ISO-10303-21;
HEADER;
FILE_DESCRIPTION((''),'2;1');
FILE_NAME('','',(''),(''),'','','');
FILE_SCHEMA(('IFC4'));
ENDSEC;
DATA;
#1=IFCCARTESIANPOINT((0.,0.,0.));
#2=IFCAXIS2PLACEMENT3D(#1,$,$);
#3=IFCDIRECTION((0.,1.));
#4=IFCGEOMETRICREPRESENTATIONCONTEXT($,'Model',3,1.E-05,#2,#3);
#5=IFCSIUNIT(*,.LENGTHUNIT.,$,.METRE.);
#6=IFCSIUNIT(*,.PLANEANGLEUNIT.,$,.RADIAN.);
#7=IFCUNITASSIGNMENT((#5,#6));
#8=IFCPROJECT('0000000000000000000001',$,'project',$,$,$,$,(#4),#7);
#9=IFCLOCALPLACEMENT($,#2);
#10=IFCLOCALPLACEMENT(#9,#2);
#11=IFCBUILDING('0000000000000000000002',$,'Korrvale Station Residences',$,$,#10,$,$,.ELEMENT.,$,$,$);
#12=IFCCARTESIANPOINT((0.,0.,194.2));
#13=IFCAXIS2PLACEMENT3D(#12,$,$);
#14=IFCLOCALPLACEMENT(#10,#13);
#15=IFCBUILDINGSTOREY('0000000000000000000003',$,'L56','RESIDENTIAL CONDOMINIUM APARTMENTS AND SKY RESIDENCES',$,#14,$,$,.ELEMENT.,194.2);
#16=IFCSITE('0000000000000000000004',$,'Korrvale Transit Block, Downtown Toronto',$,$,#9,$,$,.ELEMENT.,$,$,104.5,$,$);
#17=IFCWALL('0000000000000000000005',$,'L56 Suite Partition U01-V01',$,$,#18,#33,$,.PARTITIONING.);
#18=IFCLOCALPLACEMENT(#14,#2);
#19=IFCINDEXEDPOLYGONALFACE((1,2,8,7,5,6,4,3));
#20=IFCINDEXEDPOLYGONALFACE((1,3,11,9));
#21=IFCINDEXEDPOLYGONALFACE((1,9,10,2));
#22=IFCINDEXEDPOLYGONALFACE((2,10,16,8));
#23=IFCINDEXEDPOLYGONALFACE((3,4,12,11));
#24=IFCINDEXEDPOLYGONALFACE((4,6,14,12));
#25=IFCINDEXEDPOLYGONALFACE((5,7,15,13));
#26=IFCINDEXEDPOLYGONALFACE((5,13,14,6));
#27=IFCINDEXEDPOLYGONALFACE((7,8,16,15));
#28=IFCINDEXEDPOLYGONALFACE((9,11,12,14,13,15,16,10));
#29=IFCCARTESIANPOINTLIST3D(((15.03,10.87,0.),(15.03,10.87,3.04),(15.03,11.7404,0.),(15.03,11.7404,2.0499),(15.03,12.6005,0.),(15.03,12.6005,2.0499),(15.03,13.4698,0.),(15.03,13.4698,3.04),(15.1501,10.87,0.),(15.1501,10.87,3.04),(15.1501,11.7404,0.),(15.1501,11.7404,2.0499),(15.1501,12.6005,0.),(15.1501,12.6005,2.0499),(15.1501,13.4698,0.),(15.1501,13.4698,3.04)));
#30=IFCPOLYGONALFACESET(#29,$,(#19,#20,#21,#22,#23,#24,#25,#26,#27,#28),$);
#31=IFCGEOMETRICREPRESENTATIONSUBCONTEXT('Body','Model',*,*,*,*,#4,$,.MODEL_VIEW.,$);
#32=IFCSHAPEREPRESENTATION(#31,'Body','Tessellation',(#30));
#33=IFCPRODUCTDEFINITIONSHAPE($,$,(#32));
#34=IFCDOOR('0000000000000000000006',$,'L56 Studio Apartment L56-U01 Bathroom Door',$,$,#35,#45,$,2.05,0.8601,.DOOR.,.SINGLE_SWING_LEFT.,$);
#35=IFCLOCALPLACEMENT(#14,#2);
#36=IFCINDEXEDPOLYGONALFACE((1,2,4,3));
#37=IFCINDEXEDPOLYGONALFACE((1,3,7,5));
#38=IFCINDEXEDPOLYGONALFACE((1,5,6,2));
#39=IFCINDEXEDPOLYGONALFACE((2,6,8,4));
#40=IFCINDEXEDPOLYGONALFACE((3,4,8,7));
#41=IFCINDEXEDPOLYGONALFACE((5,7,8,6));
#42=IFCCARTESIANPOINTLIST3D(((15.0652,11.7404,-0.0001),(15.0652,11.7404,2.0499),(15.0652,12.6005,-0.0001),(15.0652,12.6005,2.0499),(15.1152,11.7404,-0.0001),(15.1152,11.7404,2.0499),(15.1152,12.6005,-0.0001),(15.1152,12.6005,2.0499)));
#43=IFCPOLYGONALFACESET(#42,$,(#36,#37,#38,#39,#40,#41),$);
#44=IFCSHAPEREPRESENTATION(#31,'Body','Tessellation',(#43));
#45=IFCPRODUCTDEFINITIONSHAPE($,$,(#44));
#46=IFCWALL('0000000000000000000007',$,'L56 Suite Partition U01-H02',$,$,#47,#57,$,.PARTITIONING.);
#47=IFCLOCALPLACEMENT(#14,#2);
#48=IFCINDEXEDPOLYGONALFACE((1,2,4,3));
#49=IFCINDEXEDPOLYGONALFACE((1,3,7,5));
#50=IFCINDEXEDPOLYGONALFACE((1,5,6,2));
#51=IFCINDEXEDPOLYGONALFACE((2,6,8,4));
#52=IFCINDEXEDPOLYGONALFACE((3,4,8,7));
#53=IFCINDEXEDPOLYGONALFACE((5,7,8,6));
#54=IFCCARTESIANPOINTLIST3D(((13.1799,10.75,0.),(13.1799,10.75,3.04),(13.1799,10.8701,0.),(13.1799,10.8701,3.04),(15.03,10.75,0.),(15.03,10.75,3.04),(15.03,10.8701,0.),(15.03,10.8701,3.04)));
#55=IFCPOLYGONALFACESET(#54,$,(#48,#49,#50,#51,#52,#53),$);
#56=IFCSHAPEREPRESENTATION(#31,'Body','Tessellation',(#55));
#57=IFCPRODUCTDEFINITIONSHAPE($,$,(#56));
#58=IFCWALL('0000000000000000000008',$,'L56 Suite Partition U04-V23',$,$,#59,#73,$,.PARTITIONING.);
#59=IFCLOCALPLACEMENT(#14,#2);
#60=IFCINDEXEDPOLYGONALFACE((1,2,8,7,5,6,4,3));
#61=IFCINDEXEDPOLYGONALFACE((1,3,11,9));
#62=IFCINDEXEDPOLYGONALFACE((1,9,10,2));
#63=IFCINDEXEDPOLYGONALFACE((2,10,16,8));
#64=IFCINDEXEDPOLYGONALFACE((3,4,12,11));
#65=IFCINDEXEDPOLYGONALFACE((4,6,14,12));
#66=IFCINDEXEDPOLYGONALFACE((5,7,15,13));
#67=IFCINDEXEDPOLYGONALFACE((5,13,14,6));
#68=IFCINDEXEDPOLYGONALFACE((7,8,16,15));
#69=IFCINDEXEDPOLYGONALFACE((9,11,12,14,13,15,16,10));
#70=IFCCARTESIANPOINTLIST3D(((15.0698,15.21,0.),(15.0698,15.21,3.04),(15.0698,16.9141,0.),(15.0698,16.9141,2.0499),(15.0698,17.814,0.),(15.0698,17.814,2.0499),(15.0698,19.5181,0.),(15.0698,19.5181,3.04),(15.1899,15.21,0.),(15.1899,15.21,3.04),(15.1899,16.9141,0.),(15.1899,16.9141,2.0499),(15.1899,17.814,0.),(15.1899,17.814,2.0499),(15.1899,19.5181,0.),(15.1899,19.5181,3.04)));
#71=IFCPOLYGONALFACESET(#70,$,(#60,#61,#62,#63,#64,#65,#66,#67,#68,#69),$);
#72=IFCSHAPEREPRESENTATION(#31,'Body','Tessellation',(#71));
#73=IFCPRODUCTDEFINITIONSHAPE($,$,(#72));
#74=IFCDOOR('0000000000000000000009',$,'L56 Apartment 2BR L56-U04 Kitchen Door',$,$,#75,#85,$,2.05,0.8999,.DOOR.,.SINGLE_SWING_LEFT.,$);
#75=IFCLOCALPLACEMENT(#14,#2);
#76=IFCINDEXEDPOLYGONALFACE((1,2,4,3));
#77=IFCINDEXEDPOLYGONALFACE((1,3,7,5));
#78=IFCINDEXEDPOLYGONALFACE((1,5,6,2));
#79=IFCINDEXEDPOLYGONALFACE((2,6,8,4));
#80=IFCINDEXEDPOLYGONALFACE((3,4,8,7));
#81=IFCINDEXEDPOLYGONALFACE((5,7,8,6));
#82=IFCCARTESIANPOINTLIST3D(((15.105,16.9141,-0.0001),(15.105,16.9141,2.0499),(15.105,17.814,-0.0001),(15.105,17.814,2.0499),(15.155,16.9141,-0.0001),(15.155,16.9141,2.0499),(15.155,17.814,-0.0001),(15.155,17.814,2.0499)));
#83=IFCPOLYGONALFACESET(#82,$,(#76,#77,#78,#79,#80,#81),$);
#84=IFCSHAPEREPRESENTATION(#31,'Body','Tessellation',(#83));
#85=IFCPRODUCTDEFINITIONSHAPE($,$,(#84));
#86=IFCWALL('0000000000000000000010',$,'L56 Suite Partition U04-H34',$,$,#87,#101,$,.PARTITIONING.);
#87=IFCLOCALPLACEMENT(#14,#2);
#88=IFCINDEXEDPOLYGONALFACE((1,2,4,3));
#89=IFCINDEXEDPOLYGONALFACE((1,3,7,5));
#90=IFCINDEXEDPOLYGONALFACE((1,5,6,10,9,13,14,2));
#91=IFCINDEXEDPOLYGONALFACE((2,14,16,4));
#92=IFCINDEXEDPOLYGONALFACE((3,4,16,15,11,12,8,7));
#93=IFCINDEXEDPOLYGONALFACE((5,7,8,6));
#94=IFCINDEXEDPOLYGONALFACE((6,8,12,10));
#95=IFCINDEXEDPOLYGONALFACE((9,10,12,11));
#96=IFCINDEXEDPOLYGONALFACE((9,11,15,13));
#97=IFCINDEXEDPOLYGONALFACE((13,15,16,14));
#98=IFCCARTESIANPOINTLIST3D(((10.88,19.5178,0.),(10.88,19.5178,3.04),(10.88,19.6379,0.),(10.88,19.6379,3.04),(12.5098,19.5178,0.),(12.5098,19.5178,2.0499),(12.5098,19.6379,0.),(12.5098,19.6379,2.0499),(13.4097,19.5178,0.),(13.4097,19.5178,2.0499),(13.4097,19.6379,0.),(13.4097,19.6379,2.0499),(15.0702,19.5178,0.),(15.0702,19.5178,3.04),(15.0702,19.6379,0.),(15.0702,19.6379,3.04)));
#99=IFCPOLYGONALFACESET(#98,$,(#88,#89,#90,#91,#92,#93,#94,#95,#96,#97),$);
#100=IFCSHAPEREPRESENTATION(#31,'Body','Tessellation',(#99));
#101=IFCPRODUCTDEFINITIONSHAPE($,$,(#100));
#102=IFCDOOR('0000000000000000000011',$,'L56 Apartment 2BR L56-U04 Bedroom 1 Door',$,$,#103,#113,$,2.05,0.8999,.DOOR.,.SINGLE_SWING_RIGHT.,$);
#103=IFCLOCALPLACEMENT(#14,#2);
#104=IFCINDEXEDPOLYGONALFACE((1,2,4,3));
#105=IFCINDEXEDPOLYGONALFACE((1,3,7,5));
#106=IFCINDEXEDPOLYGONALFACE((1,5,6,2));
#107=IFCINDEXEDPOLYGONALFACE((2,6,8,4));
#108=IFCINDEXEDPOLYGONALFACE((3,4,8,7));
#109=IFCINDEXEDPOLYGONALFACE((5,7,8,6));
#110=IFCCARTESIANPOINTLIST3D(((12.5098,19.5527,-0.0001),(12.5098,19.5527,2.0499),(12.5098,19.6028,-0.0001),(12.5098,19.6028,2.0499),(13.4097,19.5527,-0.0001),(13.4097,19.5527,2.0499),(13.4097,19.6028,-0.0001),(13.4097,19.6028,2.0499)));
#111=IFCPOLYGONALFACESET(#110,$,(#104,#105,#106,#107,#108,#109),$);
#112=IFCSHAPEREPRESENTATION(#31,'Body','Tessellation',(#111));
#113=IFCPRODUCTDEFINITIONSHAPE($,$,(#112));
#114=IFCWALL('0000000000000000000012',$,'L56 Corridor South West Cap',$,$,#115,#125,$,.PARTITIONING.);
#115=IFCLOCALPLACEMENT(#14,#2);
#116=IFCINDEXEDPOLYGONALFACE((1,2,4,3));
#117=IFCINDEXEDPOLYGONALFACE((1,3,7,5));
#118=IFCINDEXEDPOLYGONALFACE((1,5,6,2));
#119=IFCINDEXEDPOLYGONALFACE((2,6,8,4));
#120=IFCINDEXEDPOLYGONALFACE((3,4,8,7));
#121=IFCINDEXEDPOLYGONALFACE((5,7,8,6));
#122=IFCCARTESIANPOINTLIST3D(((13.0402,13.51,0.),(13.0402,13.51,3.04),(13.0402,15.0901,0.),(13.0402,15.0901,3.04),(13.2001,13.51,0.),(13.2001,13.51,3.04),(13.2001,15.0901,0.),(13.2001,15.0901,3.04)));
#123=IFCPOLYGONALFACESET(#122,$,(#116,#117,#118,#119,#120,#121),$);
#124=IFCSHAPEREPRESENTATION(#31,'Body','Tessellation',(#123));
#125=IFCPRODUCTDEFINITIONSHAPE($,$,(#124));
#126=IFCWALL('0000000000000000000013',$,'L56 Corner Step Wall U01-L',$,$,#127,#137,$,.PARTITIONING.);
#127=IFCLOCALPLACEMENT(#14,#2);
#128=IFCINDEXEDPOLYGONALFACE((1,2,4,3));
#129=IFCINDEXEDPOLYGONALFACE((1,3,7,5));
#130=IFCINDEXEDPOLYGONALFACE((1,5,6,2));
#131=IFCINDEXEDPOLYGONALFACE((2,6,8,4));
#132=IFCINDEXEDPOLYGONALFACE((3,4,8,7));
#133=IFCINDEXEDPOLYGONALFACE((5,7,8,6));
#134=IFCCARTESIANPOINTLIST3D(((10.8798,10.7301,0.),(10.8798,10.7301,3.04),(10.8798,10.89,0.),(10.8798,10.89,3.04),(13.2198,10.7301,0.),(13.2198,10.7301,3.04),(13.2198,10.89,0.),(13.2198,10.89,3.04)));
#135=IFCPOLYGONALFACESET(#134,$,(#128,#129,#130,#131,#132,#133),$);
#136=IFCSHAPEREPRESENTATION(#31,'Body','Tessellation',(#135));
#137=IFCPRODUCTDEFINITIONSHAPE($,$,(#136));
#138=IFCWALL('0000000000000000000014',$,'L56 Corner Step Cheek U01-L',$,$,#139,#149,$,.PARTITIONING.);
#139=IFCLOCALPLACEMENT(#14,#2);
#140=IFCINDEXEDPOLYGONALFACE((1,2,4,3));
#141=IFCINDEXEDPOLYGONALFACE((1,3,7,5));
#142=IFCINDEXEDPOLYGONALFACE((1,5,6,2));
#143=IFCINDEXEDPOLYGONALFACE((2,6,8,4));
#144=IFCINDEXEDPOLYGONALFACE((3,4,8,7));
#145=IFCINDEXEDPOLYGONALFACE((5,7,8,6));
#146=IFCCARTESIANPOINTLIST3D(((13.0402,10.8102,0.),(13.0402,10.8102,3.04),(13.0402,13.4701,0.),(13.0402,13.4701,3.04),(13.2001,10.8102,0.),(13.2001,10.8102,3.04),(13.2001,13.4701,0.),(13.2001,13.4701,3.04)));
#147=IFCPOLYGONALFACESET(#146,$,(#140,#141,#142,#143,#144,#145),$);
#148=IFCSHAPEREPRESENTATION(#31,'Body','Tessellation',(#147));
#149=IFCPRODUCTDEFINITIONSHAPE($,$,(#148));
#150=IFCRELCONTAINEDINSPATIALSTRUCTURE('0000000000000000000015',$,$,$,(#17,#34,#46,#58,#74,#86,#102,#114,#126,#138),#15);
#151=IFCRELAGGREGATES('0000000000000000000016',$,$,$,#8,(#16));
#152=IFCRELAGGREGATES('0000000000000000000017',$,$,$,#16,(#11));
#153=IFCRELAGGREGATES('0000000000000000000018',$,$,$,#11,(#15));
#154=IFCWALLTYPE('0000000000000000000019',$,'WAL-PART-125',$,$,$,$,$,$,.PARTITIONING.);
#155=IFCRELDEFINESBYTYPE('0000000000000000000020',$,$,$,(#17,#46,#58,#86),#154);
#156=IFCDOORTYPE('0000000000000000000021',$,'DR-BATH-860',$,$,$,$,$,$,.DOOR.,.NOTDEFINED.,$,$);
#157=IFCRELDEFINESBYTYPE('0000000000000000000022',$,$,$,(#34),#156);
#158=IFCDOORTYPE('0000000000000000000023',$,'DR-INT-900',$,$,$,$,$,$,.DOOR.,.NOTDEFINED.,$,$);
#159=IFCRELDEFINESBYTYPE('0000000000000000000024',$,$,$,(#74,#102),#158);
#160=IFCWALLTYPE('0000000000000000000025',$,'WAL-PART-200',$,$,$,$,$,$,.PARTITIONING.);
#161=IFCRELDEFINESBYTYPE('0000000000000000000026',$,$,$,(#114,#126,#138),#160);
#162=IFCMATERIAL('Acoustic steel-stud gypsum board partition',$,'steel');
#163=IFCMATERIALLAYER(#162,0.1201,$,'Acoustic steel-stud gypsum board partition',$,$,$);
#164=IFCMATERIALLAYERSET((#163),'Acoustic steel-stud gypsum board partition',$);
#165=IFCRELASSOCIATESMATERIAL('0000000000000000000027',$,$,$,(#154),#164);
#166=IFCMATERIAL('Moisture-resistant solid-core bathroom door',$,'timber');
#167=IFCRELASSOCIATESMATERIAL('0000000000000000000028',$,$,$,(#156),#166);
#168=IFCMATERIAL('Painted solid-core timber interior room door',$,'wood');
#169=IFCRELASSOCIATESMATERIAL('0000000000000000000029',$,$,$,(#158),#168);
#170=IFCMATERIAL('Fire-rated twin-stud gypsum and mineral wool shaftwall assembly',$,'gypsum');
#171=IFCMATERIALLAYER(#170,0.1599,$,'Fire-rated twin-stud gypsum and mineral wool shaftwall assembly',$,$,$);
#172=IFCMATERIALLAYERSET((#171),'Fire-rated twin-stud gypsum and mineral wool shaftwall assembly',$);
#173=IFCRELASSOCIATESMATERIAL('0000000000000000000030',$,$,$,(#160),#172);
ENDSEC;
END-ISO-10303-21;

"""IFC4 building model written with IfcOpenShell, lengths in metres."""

from ifc_helpers import new_model, si_unit, direction, frame, frame_2d, origin, place, context, subcontext, project, spatial, rectangle, extrude, material, layer, layer_set, type_object, element, fill, save


model = new_model("IFC4")

# Units and contexts
model_context = context("Model", 3, precision=1e-05, world=origin(), true_north=direction((0.0, 1.0)))
body_context = subcontext(model_context, "Body", "Model", "MODEL_VIEW")
ifc_project = project(units=[si_unit("LENGTHUNIT", "METRE"), si_unit("PLANEANGLEUNIT", "RADIAN")], contexts=[model_context])

# Site, building, storey
site_placement = place(None, origin())
site = spatial("IfcSite", under=ifc_project, at=site_placement, Name="Korrvale Transit Block, Downtown Toronto", CompositionType="ELEMENT", RefElevation=104.5)
building_placement = place(site_placement, origin())
building = spatial("IfcBuilding", under=site, at=building_placement, Name="Korrvale Station Residences", CompositionType="ELEMENT")
storey_placement = place(building_placement, frame((0.0, 0.0, 194.2)))
storey = spatial("IfcBuildingStorey", under=building, at=storey_placement, Name="L56", Description="RESIDENTIAL CONDOMINIUM APARTMENTS AND SKY RESIDENCES", CompositionType="ELEMENT", Elevation=194.2)

# Wall, opening, door
ifc_material_1 = material(Name="Acoustic steel-stud gypsum board partition", Category="steel")
ifc_layer_1 = layer(ifc_material_1, 0.1201, Name="Acoustic steel-stud gypsum board partition")
ifc_layer_set_1 = layer_set([ifc_layer_1], Name="Acoustic steel-stud gypsum board partition")
wall_type_1 = type_object("IfcWallType", Name="WAL-PART-125", PredefinedType="PARTITIONING", material=ifc_layer_set_1)
wall_1_placement = place(storey_placement, frame((15.0901, 10.8701, 0.0), z_axis=(0.0, 0.0, 1.0), x_axis=(0.0, 1.0, 0.0)))
wall_1 = element("IfcWall", 1, at=wall_1_placement, inside=storey, type_object=wall_type_1, Name="L56 Suite Partition U01-V01", PredefinedType="PARTITIONING", context=body_context, shape_type="SweptSolid", body=[
    extrude(rectangle(XDim=2.5999, YDim=0.1201, at=frame_2d((1.2998, 0.0))), origin(), (0.0, 0.0, 1.0), 3.04),
])
opening_1_placement = place(wall_1_placement, frame((0.8701, 0.0, 0.0)))
opening_1 = element("IfcOpeningElement", 2, at=opening_1_placement, cuts=wall_1, PredefinedType="OPENING", context=body_context, shape_type="SweptSolid", body=[
    extrude(rectangle(XDim=0.8601, YDim=2.05, at=frame_2d((0.4302, 1.0249))), frame((0.0, 0.0701, 0.0), z_axis=(0.0, -1.0, 0.0), x_axis=(1.0, 0.0, 0.0)), (0.0, 0.0, 1.0), 0.1401),
])
ifc_material_2 = material(Name="Moisture-resistant solid-core bathroom door", Category="timber")
door_type_1 = type_object("IfcDoorType", Name="DR-BATH-860", OperationType="NOTDEFINED", PredefinedType="DOOR", material=ifc_material_2)
door_1_placement = place(opening_1_placement, origin())
door_1 = element("IfcDoor", 3, at=door_1_placement, inside=storey, type_object=door_type_1, Name="L56 Studio Apartment L56-U01 Bathroom Door", OperationType="SINGLE_SWING_LEFT", OverallHeight=2.05, OverallWidth=0.8601, PredefinedType="DOOR", context=body_context, shape_type="SweptSolid", body=[
    extrude(rectangle(XDim=0.8601, YDim=2.05, at=frame_2d((0.4302, 1.0249))), frame((0.0, 0.0249, 0.0), z_axis=(0.0, -1.0, 0.0), x_axis=(1.0, 0.0, 0.0)), (0.0, 0.0, 1.0), 0.05),
])
fill(opening_1, door_1)

# Wall
wall_2_placement = place(storey_placement, frame((13.1799, 10.8101, 0.0), z_axis=(0.0, 0.0, 1.0), x_axis=(1.0, 0.0, 0.0)))
element("IfcWall", 4, at=wall_2_placement, inside=storey, type_object=wall_type_1, Name="L56 Suite Partition U01-H02", PredefinedType="PARTITIONING", context=body_context, shape_type="SweptSolid", body=[
    extrude(rectangle(XDim=1.8501, YDim=0.1201, at=frame_2d((0.925, 0.0))), origin(), (0.0, 0.0, 1.0), 3.04),
])

# Walls, openings, doors
wall_3_placement = place(storey_placement, frame((15.1299, 15.21, 0.0), z_axis=(0.0, 0.0, 1.0), x_axis=(0.0, 1.0, 0.0)))
wall_3 = element("IfcWall", 5, at=wall_3_placement, inside=storey, type_object=wall_type_1, Name="L56 Suite Partition U04-V23", PredefinedType="PARTITIONING", context=body_context, shape_type="SweptSolid", body=[
    extrude(rectangle(XDim=4.3081, YDim=0.1201, at=frame_2d((2.1541, 0.0))), origin(), (0.0, 0.0, 1.0), 3.04),
])
opening_2_placement = place(wall_3_placement, frame((1.7041, 0.0, 0.0)))
opening_2 = element("IfcOpeningElement", 6, at=opening_2_placement, cuts=wall_3, PredefinedType="OPENING", context=body_context, shape_type="SweptSolid", body=[
    extrude(rectangle(XDim=0.8999, YDim=2.05, at=frame_2d((0.45, 1.0249))), frame((0.0, 0.0701, 0.0), z_axis=(0.0, -1.0, 0.0), x_axis=(1.0, 0.0, 0.0)), (0.0, 0.0, 1.0), 0.1401),
])
ifc_material_3 = material(Name="Painted solid-core timber interior room door", Category="wood")
door_type_2 = type_object("IfcDoorType", Name="DR-INT-900", OperationType="NOTDEFINED", PredefinedType="DOOR", material=ifc_material_3)
door_2_placement = place(opening_2_placement, origin())
door_2 = element("IfcDoor", 7, at=door_2_placement, inside=storey, type_object=door_type_2, Name="L56 Apartment 2BR L56-U04 Kitchen Door", OperationType="SINGLE_SWING_LEFT", OverallHeight=2.05, OverallWidth=0.8999, PredefinedType="DOOR", context=body_context, shape_type="SweptSolid", body=[
    extrude(rectangle(XDim=0.8999, YDim=2.05, at=frame_2d((0.45, 1.0249))), frame((0.0, 0.0249, 0.0), z_axis=(0.0, -1.0, 0.0), x_axis=(1.0, 0.0, 0.0)), (0.0, 0.0, 1.0), 0.05),
])
fill(opening_2, door_2)
wall_4_placement = place(storey_placement, frame((10.8799, 19.5779, 0.0), z_axis=(0.0, 0.0, 1.0), x_axis=(1.0, 0.0, 0.0)))
wall_4 = element("IfcWall", 8, at=wall_4_placement, inside=storey, type_object=wall_type_1, Name="L56 Suite Partition U04-H34", PredefinedType="PARTITIONING", context=body_context, shape_type="SweptSolid", body=[
    extrude(rectangle(XDim=4.1902, YDim=0.1201, at=frame_2d((2.0952, 0.0))), origin(), (0.0, 0.0, 1.0), 3.04),
])
opening_3_placement = place(wall_4_placement, frame((1.6299, 0.0, 0.0)))
opening_3 = element("IfcOpeningElement", 9, at=opening_3_placement, cuts=wall_4, PredefinedType="OPENING", context=body_context, shape_type="SweptSolid", body=[
    extrude(rectangle(XDim=0.8999, YDim=2.05, at=frame_2d((0.45, 1.0249))), frame((0.0, 0.0701, 0.0), z_axis=(0.0, -1.0, 0.0), x_axis=(1.0, 0.0, 0.0)), (0.0, 0.0, 1.0), 0.1401),
])
door_3_placement = place(opening_3_placement, origin())
door_3 = element("IfcDoor", 10, at=door_3_placement, inside=storey, type_object=door_type_2, Name="L56 Apartment 2BR L56-U04 Bedroom 1 Door", OperationType="SINGLE_SWING_RIGHT", OverallHeight=2.05, OverallWidth=0.8999, PredefinedType="DOOR", context=body_context, shape_type="SweptSolid", body=[
    extrude(rectangle(XDim=0.8999, YDim=2.05, at=frame_2d((0.45, 1.0249))), frame((0.0, 0.0249, 0.0), z_axis=(0.0, -1.0, 0.0), x_axis=(1.0, 0.0, 0.0)), (0.0, 0.0, 1.0), 0.05),
])
fill(opening_3, door_3)

# Walls
ifc_material_4 = material(Name="Fire-rated twin-stud gypsum and mineral wool shaftwall assembly", Category="gypsum")
ifc_layer_2 = layer(ifc_material_4, 0.1599, Name="Fire-rated twin-stud gypsum and mineral wool shaftwall assembly")
ifc_layer_set_2 = layer_set([ifc_layer_2], Name="Fire-rated twin-stud gypsum and mineral wool shaftwall assembly")
wall_type_2 = type_object("IfcWallType", Name="WAL-PART-200", PredefinedType="PARTITIONING", material=ifc_layer_set_2)
wall_5_placement = place(storey_placement, frame((13.1201, 13.51, 0.0), z_axis=(0.0, 0.0, 1.0), x_axis=(0.0, 1.0, 0.0)))
element("IfcWall", 11, at=wall_5_placement, inside=storey, type_object=wall_type_2, Name="L56 Corridor South West Cap", PredefinedType="PARTITIONING", context=body_context, shape_type="SweptSolid", body=[
    extrude(rectangle(XDim=1.5801, YDim=0.1599, at=frame_2d((0.79, 0.0))), origin(), (0.0, 0.0, 1.0), 3.04),
])
wall_6_placement = place(storey_placement, frame((10.8799, 10.8101, 0.0), z_axis=(0.0, 0.0, 1.0), x_axis=(1.0, 0.0, 0.0)))
element("IfcWall", 12, at=wall_6_placement, inside=storey, type_object=wall_type_2, Name="L56 Corner Step Wall U01-L", PredefinedType="PARTITIONING", context=body_context, shape_type="SweptSolid", body=[
    extrude(rectangle(XDim=2.3401, YDim=0.1599, at=frame_2d((1.1699, 0.0))), origin(), (0.0, 0.0, 1.0), 3.04),
])
wall_7_placement = place(storey_placement, frame((13.1201, 10.8101, 0.0), z_axis=(0.0, 0.0, 1.0), x_axis=(0.0, 1.0, 0.0)))
element("IfcWall", 13, at=wall_7_placement, inside=storey, type_object=wall_type_2, Name="L56 Corner Step Cheek U01-L", PredefinedType="PARTITIONING", context=body_context, shape_type="SweptSolid", body=[
    extrude(rectangle(XDim=2.6599, YDim=0.1599, at=frame_2d((1.3301, 0.0))), origin(), (0.0, 0.0, 1.0), 3.04),
])

save(model, "model.ifc")
